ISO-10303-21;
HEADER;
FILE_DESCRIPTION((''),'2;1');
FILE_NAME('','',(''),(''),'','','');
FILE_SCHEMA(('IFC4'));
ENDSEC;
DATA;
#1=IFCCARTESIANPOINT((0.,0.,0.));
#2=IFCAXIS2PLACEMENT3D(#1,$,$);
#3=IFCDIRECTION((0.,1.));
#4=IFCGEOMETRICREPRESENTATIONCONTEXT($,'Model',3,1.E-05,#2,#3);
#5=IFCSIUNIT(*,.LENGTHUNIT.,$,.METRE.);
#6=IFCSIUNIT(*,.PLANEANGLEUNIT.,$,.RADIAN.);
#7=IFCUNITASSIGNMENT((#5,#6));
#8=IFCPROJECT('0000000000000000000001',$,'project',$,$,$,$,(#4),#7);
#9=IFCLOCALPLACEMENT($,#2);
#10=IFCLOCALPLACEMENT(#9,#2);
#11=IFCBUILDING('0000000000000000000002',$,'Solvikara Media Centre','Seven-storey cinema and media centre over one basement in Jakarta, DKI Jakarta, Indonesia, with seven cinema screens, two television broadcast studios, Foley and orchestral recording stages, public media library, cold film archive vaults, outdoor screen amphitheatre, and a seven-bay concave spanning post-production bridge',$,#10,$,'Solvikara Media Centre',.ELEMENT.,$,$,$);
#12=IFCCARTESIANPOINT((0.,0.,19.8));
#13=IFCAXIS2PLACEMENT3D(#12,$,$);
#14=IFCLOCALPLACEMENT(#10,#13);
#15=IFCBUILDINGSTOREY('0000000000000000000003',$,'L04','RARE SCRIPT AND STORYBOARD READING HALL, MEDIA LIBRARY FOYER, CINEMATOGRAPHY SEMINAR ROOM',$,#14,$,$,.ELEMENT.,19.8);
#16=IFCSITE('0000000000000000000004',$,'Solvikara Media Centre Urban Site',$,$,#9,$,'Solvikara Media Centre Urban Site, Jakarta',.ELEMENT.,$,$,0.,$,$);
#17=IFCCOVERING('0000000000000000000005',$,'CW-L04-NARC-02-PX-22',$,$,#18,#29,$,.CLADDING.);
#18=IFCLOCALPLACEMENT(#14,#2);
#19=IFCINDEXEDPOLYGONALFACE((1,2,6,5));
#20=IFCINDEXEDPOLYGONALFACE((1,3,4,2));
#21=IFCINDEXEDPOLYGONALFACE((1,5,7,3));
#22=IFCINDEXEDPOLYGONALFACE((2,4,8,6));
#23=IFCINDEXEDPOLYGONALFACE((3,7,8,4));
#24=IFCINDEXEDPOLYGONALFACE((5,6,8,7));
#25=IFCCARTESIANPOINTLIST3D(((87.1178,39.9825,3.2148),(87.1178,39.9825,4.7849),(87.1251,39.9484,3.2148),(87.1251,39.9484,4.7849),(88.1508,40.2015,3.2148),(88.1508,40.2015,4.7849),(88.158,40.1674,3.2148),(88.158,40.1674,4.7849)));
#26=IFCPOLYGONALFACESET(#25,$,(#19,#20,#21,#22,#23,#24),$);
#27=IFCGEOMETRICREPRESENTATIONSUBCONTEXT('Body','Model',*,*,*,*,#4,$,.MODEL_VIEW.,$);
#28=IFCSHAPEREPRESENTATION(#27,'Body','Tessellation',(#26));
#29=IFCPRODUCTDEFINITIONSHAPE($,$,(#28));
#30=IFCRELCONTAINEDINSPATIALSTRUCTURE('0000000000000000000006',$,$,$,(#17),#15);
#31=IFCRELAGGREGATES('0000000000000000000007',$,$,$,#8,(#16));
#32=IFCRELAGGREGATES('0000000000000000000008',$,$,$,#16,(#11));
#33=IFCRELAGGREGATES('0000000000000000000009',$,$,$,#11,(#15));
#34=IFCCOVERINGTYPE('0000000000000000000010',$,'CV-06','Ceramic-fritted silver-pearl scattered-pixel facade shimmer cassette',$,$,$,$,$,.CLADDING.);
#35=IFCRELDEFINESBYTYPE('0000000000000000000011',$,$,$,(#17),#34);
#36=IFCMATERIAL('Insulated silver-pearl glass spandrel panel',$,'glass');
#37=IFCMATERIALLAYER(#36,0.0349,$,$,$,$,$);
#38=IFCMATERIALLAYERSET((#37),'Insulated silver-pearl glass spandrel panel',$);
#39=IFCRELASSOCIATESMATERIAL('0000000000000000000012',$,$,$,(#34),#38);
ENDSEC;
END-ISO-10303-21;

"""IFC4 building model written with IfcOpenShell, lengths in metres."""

from ifc_helpers import new_model, si_unit, direction, frame, origin, origin_2d, place, context, subcontext, project, spatial, rectangle, extrude, material, layer, layer_set, type_object, element, save


model = new_model("IFC4")

# Units and contexts
model_context = context("Model", 3, precision=1e-05, world=origin(), true_north=direction((0.0, 1.0)))
body_context = subcontext(model_context, "Body", "Model", "MODEL_VIEW")
ifc_project = project(units=[si_unit("LENGTHUNIT", "METRE"), si_unit("PLANEANGLEUNIT", "RADIAN")], contexts=[model_context])

# Site, building, storey
site_placement = place(None, origin())
site = spatial("IfcSite", under=ifc_project, at=site_placement, Name="Solvikara Media Centre Urban Site", LongName="Solvikara Media Centre Urban Site, Jakarta", CompositionType="ELEMENT", RefElevation=0.0)
building_placement = place(site_placement, origin())
building = spatial("IfcBuilding", under=site, at=building_placement, Name="Solvikara Media Centre", Description="Seven-storey cinema and media centre over one basement in Jakarta, DKI Jakarta, Indonesia, with seven cinema screens, two television broadcast studios, Foley and orchestral recording stages, public media library, cold film archive vaults, outdoor screen amphitheatre, and a seven-bay concave spanning post-production bridge", LongName="Solvikara Media Centre", CompositionType="ELEMENT")
storey_placement = place(building_placement, frame((0.0, 0.0, 19.8)))
storey = spatial("IfcBuildingStorey", under=building, at=storey_placement, Name="L04", Description="RARE SCRIPT AND STORYBOARD READING HALL, MEDIA LIBRARY FOYER, CINEMATOGRAPHY SEMINAR ROOM", CompositionType="ELEMENT", Elevation=19.8)

# Shared definitions
ifc_material_1 = material(Name="Insulated silver-pearl glass spandrel panel", Category="glass")

# Covering
ifc_layer_1 = layer(ifc_material_1, 0.0349)
ifc_layer_set_1 = layer_set([ifc_layer_1], Name="Insulated silver-pearl glass spandrel panel")
covering_type_1 = type_object("IfcCoveringType", Name="CV-06", Description="Ceramic-fritted silver-pearl scattered-pixel facade shimmer cassette", PredefinedType="CLADDING", material=ifc_layer_set_1)
for number, where, z_axis, x_axis, name in (
    (1, (87.6379, 40.075, 3.2148), (0.0, 0.0, 1.0), (0.978256, 0.2074, 0.0), "CW-L04-NARC-02-PX-22"),
):
    element("IfcCovering", number, at=place(storey_placement, frame(where, z_axis=z_axis, x_axis=x_axis)), inside=storey, type_object=covering_type_1, Name=name, PredefinedType="CLADDING", context=body_context, shape_type="SweptSolid", body=[
        extrude(rectangle(XDim=1.0559, YDim=0.0349, at=origin_2d()), origin(), (0.0, 0.0, 1.0), 1.5701),
    ])

save(model, "model.ifc")
